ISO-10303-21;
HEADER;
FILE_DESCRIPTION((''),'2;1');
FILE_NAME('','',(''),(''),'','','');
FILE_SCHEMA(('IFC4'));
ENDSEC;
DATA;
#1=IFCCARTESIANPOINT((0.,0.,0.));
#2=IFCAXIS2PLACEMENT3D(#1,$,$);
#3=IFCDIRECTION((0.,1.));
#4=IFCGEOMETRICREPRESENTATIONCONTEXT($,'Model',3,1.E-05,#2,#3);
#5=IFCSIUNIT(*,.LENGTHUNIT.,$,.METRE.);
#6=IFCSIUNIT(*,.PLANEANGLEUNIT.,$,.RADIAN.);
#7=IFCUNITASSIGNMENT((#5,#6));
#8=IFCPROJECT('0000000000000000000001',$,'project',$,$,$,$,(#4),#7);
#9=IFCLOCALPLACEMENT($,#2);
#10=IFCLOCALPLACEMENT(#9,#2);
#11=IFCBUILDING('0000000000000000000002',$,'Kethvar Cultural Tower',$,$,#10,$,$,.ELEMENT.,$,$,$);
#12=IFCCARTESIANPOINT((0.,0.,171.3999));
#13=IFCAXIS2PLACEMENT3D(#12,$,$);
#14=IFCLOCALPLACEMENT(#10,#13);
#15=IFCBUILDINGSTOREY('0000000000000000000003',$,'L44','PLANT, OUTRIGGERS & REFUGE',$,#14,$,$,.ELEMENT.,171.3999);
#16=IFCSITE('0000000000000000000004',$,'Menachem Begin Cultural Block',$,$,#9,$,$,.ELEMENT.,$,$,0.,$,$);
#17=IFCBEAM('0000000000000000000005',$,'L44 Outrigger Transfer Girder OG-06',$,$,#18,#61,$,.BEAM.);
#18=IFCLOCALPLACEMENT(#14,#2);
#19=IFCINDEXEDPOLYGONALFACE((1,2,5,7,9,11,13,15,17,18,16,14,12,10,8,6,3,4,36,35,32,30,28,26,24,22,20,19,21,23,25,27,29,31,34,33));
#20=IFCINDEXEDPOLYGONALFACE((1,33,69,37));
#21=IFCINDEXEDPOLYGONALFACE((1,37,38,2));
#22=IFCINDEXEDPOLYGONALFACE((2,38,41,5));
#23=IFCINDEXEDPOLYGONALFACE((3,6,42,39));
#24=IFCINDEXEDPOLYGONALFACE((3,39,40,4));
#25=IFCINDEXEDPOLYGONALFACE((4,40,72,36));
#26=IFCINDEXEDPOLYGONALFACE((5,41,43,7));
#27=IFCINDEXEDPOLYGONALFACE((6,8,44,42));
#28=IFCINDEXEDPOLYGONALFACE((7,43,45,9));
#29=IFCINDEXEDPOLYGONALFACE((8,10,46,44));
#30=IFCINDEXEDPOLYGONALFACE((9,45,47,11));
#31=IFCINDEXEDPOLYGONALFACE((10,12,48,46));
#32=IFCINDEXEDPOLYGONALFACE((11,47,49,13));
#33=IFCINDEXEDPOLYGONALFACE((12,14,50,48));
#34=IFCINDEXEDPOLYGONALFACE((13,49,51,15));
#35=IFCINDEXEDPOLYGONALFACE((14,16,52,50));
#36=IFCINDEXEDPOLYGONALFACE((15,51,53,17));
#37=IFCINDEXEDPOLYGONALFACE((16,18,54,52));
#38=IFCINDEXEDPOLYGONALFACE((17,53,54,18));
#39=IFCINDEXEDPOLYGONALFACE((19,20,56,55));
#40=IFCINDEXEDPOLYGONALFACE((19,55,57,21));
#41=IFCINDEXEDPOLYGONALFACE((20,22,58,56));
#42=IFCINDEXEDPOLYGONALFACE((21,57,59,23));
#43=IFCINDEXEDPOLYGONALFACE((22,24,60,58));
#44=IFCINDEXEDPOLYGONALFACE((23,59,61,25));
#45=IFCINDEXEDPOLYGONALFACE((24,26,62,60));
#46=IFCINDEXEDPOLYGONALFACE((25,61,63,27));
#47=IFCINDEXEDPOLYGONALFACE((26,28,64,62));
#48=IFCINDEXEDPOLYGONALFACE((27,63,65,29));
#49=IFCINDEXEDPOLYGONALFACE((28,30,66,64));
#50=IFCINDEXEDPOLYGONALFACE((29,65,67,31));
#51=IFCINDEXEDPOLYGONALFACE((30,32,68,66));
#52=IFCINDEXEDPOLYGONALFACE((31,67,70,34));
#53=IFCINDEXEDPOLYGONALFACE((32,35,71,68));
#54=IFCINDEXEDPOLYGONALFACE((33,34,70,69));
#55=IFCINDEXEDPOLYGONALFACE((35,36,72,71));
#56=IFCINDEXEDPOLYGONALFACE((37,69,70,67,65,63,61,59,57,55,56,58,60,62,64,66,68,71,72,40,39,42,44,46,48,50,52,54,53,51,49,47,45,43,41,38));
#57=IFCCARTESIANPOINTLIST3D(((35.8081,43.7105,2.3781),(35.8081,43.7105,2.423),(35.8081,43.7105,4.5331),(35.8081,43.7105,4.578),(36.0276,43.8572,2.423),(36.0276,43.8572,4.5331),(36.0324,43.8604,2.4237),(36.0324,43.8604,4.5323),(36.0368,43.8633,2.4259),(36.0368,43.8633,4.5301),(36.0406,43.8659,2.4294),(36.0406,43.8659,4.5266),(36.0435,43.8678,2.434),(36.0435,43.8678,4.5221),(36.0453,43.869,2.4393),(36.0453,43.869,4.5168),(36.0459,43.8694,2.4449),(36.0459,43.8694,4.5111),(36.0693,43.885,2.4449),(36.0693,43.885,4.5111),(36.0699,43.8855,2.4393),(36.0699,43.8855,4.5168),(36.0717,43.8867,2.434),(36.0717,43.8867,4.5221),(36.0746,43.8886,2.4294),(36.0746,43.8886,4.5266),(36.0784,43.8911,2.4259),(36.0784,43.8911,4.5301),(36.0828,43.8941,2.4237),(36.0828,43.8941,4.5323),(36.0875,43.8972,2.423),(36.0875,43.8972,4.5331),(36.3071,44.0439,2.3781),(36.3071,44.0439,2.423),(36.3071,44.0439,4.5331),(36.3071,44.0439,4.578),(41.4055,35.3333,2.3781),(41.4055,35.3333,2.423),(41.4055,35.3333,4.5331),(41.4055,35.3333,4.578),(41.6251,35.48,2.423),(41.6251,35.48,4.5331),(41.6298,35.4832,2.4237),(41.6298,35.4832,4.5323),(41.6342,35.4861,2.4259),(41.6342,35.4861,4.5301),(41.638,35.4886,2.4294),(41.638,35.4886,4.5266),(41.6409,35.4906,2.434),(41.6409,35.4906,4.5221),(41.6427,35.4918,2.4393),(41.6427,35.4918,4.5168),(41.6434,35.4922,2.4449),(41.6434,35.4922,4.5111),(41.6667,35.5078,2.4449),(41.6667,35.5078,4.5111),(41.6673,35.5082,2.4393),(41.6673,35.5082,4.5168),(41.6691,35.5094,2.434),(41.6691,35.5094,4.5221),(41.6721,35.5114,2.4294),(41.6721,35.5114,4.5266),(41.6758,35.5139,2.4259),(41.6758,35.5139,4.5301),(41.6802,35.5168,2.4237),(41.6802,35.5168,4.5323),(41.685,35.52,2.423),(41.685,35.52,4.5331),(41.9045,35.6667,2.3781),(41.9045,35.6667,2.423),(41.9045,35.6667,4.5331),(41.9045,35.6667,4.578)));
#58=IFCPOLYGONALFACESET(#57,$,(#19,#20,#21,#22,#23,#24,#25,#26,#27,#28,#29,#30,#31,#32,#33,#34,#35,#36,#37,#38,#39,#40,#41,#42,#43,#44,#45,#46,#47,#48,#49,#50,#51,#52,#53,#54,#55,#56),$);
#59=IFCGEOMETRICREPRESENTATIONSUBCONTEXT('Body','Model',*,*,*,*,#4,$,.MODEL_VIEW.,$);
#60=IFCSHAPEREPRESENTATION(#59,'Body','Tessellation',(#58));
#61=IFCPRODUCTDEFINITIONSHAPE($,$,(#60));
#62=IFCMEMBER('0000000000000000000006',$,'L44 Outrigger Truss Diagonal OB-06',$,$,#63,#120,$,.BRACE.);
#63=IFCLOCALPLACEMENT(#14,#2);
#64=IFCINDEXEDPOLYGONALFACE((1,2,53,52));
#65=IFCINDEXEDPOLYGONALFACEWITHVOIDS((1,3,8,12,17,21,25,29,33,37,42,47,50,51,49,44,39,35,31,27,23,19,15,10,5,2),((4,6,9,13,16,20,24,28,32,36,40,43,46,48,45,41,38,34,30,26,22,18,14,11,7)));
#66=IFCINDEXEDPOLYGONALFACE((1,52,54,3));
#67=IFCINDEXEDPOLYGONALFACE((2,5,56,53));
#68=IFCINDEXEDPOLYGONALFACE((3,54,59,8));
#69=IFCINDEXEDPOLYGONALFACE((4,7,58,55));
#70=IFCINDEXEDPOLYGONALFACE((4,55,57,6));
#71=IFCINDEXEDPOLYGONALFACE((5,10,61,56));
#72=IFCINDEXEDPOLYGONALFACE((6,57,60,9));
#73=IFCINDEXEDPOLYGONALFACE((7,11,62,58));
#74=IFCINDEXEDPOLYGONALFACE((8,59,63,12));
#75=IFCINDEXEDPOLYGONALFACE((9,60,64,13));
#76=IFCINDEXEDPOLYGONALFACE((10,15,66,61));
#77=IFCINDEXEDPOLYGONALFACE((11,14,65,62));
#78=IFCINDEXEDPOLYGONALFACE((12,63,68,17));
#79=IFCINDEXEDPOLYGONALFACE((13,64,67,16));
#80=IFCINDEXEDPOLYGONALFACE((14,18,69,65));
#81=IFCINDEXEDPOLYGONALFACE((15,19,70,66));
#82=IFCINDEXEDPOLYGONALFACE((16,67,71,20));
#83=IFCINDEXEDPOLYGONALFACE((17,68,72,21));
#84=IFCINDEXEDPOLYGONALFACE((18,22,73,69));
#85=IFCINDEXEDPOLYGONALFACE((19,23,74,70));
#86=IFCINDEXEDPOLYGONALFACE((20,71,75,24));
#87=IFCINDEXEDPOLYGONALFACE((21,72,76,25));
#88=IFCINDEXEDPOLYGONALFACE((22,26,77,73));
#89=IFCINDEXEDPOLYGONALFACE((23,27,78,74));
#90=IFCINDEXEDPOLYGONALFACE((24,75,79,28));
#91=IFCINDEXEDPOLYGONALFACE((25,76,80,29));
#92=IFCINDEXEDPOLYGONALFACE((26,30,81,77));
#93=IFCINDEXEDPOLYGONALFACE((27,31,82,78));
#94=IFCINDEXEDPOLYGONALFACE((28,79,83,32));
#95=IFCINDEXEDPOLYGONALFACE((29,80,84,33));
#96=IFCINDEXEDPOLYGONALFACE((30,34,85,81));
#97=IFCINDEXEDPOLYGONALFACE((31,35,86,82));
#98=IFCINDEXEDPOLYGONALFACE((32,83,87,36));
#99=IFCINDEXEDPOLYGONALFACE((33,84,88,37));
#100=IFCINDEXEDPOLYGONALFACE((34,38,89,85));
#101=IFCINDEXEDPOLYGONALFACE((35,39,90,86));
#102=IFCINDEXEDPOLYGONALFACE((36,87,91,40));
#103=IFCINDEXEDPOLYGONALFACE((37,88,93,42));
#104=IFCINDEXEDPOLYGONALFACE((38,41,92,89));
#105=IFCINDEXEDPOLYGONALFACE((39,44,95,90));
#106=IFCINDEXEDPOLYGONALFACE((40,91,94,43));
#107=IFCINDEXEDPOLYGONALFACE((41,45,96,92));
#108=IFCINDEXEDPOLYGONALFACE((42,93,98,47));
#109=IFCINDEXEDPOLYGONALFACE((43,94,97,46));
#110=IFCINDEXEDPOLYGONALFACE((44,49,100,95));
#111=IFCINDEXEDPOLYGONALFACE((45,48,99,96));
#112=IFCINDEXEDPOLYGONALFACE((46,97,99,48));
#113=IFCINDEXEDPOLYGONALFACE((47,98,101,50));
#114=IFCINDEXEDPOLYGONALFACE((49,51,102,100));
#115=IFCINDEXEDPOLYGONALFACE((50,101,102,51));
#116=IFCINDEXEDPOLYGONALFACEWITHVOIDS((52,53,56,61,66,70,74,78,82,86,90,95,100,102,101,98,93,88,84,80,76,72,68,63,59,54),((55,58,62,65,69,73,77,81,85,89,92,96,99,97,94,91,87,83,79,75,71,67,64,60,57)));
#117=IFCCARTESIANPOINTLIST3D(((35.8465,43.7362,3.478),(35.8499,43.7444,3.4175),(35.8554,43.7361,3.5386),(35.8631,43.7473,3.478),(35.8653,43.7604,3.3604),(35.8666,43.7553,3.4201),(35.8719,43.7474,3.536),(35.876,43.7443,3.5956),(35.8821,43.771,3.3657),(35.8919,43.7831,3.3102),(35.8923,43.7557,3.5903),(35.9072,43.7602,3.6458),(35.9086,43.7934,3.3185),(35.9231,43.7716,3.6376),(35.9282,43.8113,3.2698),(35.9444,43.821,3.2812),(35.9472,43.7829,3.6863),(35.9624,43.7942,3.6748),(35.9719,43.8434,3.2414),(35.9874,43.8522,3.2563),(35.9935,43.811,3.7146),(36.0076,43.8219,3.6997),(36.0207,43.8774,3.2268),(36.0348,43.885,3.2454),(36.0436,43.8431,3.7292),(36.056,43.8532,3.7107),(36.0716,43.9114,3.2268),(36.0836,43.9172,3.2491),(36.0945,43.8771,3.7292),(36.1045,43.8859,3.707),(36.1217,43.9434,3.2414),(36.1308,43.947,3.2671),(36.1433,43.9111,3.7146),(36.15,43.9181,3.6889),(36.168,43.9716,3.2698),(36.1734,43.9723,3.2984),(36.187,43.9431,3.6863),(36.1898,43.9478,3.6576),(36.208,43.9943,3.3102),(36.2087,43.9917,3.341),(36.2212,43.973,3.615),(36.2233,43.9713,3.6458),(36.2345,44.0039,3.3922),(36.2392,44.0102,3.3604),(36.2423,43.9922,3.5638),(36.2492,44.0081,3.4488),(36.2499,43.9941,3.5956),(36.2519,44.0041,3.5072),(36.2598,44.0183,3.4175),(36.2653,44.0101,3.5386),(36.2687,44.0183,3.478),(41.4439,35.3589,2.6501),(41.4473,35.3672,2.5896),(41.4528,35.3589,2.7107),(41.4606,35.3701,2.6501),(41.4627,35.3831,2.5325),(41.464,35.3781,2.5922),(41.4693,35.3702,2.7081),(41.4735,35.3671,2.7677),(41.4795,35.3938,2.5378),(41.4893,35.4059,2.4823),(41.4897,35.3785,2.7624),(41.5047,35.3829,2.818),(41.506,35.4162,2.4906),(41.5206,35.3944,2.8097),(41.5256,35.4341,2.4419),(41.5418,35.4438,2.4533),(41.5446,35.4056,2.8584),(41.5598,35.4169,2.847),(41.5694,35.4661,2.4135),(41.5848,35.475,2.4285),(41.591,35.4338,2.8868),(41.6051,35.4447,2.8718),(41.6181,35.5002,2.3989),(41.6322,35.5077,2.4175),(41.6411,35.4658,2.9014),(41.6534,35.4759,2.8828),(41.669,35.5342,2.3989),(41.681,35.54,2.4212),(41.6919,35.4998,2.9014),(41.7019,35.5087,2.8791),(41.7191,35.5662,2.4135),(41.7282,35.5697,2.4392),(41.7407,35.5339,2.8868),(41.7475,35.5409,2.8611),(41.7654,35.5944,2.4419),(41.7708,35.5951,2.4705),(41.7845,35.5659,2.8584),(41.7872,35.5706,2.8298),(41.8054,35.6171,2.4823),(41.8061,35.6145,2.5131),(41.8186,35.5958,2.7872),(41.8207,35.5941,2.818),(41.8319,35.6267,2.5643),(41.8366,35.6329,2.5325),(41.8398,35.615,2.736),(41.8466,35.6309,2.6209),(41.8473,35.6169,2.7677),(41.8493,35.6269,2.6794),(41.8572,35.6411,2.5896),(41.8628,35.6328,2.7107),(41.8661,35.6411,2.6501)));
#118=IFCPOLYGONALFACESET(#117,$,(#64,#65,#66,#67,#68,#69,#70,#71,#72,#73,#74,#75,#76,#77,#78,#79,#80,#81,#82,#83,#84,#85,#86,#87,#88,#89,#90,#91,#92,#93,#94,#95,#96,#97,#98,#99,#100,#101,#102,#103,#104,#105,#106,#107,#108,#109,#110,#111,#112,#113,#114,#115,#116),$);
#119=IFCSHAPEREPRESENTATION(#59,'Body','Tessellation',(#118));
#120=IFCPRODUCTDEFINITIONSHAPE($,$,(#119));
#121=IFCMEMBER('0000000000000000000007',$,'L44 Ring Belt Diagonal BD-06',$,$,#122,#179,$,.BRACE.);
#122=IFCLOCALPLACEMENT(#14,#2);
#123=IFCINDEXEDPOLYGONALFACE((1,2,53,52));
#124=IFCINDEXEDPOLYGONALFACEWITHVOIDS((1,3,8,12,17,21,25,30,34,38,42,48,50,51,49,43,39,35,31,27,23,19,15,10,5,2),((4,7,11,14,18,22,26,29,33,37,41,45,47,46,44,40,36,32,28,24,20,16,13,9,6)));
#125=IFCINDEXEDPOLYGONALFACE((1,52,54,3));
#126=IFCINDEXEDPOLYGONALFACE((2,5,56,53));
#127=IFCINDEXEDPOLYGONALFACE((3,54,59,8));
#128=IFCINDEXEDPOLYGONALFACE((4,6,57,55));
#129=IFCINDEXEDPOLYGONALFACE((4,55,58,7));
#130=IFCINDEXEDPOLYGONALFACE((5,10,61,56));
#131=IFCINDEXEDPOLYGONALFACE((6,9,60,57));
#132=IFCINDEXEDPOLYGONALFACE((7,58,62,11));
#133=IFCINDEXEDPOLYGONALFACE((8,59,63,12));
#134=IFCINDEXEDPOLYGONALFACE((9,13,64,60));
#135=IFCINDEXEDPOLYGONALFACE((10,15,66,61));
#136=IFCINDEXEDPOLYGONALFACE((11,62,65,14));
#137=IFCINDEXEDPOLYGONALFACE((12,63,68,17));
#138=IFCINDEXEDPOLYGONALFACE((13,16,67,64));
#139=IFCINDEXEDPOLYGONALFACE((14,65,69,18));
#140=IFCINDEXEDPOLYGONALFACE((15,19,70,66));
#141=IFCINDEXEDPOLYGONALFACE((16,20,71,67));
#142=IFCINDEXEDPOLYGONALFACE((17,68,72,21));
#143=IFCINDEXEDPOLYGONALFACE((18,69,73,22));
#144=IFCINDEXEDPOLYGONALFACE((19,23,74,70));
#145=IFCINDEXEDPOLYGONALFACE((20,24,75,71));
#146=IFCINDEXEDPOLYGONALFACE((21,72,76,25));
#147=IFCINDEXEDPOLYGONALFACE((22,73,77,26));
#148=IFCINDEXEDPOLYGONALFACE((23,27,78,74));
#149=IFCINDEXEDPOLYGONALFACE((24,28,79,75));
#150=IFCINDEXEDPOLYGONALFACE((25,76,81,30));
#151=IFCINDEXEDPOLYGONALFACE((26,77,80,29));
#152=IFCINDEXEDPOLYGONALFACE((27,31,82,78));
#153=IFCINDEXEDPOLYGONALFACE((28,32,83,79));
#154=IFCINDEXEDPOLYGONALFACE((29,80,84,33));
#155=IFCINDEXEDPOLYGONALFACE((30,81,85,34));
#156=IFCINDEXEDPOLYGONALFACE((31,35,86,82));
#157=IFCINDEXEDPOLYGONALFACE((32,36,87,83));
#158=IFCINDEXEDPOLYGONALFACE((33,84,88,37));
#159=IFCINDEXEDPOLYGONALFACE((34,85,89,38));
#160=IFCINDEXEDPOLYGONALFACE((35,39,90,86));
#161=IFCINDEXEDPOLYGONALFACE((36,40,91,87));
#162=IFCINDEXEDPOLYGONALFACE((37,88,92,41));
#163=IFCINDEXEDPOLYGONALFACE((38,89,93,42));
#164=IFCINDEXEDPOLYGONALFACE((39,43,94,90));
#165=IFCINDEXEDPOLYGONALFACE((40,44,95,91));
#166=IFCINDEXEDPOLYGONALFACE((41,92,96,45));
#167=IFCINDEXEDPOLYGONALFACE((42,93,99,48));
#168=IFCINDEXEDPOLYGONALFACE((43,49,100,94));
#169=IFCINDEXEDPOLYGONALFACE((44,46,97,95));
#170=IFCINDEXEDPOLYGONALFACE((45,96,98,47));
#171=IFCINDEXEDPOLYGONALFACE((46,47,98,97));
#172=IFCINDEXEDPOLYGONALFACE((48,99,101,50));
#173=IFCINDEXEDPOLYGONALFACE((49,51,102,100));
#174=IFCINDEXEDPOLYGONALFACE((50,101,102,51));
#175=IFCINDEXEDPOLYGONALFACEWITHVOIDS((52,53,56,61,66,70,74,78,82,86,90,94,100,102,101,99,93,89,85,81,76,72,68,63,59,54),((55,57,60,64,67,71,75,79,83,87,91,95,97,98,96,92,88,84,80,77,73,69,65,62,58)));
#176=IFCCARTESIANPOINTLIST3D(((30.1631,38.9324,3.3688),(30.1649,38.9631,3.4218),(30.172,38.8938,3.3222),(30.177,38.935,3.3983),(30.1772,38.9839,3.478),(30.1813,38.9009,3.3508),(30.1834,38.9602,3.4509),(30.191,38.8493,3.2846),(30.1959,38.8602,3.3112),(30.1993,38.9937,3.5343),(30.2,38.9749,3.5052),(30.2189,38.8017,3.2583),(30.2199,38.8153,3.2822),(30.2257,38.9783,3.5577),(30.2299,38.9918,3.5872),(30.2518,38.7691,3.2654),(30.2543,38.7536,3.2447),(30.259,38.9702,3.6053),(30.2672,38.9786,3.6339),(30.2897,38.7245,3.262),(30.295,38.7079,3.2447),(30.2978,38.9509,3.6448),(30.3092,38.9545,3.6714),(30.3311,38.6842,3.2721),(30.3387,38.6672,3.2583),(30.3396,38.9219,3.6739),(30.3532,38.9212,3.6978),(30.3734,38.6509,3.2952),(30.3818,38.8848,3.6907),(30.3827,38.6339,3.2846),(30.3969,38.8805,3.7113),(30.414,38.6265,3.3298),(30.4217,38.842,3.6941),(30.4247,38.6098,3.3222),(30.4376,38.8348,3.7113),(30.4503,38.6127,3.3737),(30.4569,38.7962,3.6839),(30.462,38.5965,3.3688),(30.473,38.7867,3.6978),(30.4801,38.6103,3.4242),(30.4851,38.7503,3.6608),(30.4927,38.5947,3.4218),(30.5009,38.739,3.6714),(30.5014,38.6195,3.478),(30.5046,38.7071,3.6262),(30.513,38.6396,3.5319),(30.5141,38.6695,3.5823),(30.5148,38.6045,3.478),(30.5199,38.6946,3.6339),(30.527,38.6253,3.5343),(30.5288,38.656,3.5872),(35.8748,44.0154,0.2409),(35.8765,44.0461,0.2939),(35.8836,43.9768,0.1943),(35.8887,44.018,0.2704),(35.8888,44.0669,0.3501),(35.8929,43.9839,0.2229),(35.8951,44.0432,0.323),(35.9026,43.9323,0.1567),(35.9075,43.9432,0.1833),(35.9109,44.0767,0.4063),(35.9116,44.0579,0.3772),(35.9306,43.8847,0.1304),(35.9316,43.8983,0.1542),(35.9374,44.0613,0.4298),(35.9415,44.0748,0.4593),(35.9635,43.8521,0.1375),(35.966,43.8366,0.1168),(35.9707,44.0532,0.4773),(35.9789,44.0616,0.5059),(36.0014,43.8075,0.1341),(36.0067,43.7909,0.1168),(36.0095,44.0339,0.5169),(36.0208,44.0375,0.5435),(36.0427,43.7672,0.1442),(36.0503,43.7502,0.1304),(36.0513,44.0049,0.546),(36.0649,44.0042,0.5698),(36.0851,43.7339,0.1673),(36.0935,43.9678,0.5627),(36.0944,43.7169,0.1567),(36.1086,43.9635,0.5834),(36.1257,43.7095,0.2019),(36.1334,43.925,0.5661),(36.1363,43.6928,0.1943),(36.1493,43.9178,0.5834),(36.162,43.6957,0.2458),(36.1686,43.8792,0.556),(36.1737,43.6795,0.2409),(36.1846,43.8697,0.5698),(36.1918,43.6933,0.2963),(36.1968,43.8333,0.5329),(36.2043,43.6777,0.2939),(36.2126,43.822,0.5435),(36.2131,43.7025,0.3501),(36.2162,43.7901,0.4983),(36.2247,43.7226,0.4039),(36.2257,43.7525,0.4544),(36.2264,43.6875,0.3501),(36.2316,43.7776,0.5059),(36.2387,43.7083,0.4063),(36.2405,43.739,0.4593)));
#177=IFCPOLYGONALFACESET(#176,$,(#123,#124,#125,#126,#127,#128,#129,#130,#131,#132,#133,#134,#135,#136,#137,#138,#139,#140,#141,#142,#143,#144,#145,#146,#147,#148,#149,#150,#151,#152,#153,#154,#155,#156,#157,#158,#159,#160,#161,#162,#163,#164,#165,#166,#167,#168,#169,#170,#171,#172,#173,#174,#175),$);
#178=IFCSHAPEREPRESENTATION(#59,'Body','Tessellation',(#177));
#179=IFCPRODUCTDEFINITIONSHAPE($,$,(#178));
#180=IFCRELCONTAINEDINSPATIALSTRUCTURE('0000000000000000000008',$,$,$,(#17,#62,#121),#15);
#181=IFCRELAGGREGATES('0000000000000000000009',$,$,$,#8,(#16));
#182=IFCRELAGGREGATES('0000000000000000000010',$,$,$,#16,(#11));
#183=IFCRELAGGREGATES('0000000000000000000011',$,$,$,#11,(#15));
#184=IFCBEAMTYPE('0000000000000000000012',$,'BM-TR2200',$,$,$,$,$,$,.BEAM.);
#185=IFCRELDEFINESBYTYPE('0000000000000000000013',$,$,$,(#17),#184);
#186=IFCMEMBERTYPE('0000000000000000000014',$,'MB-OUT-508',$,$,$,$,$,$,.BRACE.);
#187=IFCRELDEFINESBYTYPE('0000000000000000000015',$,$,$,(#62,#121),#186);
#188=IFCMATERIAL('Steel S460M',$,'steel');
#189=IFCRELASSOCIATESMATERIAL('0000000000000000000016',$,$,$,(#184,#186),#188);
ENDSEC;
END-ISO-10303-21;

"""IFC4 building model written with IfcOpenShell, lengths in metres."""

from ifc_helpers import new_model, si_unit, direction, frame, origin, origin_2d, place, context, subcontext, project, spatial, hollow_circle, i_section, extrude, source, transform, mapped, material, material_profile, profile_set, type_object, element, save


model = new_model("IFC4")

# Units and contexts
model_context = context("Model", 3, precision=1e-05, world=origin(), true_north=direction((0.0, 1.0)))
body_context = subcontext(model_context, "Body", "Model", "MODEL_VIEW")
ifc_project = project(units=[si_unit("LENGTHUNIT", "METRE"), si_unit("PLANEANGLEUNIT", "RADIAN")], contexts=[model_context])

# Site, building, storey
site_placement = place(None, origin())
site = spatial("IfcSite", under=ifc_project, at=site_placement, Name="Menachem Begin Cultural Block", CompositionType="ELEMENT", RefElevation=0.0)
building_placement = place(site_placement, origin())
building = spatial("IfcBuilding", under=site, at=building_placement, Name="Kethvar Cultural Tower", CompositionType="ELEMENT")
storey_placement = place(building_placement, frame((0.0, 0.0, 171.3999)))
storey = spatial("IfcBuildingStorey", under=building, at=storey_placement, Name="L44", Description="PLANT, OUTRIGGERS & REFUGE", CompositionType="ELEMENT", Elevation=171.3999)

# Shared definitions
ifc_material_1 = material(Name="Steel S460M", Category="steel")

# Shared definitions
ifc_material_profile_1 = material_profile(ifc_material_1, i_section(OverallWidth=0.6001, OverallDepth=2.2, WebThickness=0.0281, FlangeThickness=0.0449, FilletRadius=0.022, at=origin_2d()), Name="Steel S460M — PG2200x600x45x28")
ifc_profile_set_1 = profile_set([ifc_material_profile_1], Name="Steel S460M — PG2200x600x45x28")
beam_type = type_object("IfcBeamType", Name="BM-TR2200", PredefinedType="BEAM", material=ifc_profile_set_1)

# Shared definitions
ifc_material_profile_2 = material_profile(ifc_material_1, hollow_circle(Radius=0.2539, WallThickness=0.02, at=origin_2d()), Name="Steel S460M — CHS508x20")
ifc_profile_set_2 = profile_set([ifc_material_profile_2], Name="Steel S460M — CHS508x20")
member_type_1 = type_object("IfcMemberType", Name="MB-OUT-508", PredefinedType="BRACE", material=ifc_profile_set_2)

# Beam
shared_shape_1 = source(origin(), body_context, "Body", "SweptSolid", [
    extrude(i_section(OverallWidth=0.6001, OverallDepth=2.2, WebThickness=0.0281, FlangeThickness=0.0449, FilletRadius=0.022, at=origin_2d()), origin(), (0.0, 0.0, 1.0), 10.0752),
])
beam_1_placement = place(storey_placement, frame((41.655, 35.5, 3.478), z_axis=(-0.555567, 0.831472, 0.0), x_axis=(-0.831472, -0.555567, 0.0)))
element("IfcBeam", 1, at=beam_1_placement, inside=storey, type_object=beam_type, Name="L44 Outrigger Transfer Girder OG-06", PredefinedType="BEAM", context=body_context, shape_type="MappedRepresentation", body=[
    mapped(shared_shape_1, transform((0.0, 0.0, 0.0), scale=1.0)),
])

# Members
shared_shape_2 = source(origin(), body_context, "Body", "SweptSolid", [
    extrude(hollow_circle(Radius=0.2539, WallThickness=0.02, at=origin_2d()), origin(), (0.0, 0.0, 1.0), 10.1091),
])
member_1_placement = place(storey_placement, frame((41.655, 35.5, 2.6501), z_axis=(-0.553701, 0.828679, 0.081895), x_axis=(-0.831472, -0.555567, 0.0)))
element("IfcMember", 2, at=member_1_placement, inside=storey, type_object=member_type_1, Name="L44 Outrigger Truss Diagonal OB-06", PredefinedType="BRACE", context=body_context, shape_type="MappedRepresentation", body=[
    mapped(shared_shape_2, transform((0.0, 0.0, 0.0), scale=1.0)),
])
shared_shape_3 = source(origin(), body_context, "Body", "SweptSolid", [
    extrude(hollow_circle(Radius=0.2539, WallThickness=0.02, at=origin_2d()), origin(), (0.0, 0.0, 1.0), 8.261),
])
member_2_placement = place(storey_placement, frame((36.0576, 43.8772, 0.3501), z_axis=(-0.691402, -0.615302, 0.378638), x_axis=(0.6648, -0.747022, 0.0)))
element("IfcMember", 3, at=member_2_placement, inside=storey, type_object=member_type_1, Name="L44 Ring Belt Diagonal BD-06", PredefinedType="BRACE", context=body_context, shape_type="MappedRepresentation", body=[
    mapped(shared_shape_3, transform((0.0, 0.0, 0.0), scale=1.0)),
])

save(model, "model.ifc")
